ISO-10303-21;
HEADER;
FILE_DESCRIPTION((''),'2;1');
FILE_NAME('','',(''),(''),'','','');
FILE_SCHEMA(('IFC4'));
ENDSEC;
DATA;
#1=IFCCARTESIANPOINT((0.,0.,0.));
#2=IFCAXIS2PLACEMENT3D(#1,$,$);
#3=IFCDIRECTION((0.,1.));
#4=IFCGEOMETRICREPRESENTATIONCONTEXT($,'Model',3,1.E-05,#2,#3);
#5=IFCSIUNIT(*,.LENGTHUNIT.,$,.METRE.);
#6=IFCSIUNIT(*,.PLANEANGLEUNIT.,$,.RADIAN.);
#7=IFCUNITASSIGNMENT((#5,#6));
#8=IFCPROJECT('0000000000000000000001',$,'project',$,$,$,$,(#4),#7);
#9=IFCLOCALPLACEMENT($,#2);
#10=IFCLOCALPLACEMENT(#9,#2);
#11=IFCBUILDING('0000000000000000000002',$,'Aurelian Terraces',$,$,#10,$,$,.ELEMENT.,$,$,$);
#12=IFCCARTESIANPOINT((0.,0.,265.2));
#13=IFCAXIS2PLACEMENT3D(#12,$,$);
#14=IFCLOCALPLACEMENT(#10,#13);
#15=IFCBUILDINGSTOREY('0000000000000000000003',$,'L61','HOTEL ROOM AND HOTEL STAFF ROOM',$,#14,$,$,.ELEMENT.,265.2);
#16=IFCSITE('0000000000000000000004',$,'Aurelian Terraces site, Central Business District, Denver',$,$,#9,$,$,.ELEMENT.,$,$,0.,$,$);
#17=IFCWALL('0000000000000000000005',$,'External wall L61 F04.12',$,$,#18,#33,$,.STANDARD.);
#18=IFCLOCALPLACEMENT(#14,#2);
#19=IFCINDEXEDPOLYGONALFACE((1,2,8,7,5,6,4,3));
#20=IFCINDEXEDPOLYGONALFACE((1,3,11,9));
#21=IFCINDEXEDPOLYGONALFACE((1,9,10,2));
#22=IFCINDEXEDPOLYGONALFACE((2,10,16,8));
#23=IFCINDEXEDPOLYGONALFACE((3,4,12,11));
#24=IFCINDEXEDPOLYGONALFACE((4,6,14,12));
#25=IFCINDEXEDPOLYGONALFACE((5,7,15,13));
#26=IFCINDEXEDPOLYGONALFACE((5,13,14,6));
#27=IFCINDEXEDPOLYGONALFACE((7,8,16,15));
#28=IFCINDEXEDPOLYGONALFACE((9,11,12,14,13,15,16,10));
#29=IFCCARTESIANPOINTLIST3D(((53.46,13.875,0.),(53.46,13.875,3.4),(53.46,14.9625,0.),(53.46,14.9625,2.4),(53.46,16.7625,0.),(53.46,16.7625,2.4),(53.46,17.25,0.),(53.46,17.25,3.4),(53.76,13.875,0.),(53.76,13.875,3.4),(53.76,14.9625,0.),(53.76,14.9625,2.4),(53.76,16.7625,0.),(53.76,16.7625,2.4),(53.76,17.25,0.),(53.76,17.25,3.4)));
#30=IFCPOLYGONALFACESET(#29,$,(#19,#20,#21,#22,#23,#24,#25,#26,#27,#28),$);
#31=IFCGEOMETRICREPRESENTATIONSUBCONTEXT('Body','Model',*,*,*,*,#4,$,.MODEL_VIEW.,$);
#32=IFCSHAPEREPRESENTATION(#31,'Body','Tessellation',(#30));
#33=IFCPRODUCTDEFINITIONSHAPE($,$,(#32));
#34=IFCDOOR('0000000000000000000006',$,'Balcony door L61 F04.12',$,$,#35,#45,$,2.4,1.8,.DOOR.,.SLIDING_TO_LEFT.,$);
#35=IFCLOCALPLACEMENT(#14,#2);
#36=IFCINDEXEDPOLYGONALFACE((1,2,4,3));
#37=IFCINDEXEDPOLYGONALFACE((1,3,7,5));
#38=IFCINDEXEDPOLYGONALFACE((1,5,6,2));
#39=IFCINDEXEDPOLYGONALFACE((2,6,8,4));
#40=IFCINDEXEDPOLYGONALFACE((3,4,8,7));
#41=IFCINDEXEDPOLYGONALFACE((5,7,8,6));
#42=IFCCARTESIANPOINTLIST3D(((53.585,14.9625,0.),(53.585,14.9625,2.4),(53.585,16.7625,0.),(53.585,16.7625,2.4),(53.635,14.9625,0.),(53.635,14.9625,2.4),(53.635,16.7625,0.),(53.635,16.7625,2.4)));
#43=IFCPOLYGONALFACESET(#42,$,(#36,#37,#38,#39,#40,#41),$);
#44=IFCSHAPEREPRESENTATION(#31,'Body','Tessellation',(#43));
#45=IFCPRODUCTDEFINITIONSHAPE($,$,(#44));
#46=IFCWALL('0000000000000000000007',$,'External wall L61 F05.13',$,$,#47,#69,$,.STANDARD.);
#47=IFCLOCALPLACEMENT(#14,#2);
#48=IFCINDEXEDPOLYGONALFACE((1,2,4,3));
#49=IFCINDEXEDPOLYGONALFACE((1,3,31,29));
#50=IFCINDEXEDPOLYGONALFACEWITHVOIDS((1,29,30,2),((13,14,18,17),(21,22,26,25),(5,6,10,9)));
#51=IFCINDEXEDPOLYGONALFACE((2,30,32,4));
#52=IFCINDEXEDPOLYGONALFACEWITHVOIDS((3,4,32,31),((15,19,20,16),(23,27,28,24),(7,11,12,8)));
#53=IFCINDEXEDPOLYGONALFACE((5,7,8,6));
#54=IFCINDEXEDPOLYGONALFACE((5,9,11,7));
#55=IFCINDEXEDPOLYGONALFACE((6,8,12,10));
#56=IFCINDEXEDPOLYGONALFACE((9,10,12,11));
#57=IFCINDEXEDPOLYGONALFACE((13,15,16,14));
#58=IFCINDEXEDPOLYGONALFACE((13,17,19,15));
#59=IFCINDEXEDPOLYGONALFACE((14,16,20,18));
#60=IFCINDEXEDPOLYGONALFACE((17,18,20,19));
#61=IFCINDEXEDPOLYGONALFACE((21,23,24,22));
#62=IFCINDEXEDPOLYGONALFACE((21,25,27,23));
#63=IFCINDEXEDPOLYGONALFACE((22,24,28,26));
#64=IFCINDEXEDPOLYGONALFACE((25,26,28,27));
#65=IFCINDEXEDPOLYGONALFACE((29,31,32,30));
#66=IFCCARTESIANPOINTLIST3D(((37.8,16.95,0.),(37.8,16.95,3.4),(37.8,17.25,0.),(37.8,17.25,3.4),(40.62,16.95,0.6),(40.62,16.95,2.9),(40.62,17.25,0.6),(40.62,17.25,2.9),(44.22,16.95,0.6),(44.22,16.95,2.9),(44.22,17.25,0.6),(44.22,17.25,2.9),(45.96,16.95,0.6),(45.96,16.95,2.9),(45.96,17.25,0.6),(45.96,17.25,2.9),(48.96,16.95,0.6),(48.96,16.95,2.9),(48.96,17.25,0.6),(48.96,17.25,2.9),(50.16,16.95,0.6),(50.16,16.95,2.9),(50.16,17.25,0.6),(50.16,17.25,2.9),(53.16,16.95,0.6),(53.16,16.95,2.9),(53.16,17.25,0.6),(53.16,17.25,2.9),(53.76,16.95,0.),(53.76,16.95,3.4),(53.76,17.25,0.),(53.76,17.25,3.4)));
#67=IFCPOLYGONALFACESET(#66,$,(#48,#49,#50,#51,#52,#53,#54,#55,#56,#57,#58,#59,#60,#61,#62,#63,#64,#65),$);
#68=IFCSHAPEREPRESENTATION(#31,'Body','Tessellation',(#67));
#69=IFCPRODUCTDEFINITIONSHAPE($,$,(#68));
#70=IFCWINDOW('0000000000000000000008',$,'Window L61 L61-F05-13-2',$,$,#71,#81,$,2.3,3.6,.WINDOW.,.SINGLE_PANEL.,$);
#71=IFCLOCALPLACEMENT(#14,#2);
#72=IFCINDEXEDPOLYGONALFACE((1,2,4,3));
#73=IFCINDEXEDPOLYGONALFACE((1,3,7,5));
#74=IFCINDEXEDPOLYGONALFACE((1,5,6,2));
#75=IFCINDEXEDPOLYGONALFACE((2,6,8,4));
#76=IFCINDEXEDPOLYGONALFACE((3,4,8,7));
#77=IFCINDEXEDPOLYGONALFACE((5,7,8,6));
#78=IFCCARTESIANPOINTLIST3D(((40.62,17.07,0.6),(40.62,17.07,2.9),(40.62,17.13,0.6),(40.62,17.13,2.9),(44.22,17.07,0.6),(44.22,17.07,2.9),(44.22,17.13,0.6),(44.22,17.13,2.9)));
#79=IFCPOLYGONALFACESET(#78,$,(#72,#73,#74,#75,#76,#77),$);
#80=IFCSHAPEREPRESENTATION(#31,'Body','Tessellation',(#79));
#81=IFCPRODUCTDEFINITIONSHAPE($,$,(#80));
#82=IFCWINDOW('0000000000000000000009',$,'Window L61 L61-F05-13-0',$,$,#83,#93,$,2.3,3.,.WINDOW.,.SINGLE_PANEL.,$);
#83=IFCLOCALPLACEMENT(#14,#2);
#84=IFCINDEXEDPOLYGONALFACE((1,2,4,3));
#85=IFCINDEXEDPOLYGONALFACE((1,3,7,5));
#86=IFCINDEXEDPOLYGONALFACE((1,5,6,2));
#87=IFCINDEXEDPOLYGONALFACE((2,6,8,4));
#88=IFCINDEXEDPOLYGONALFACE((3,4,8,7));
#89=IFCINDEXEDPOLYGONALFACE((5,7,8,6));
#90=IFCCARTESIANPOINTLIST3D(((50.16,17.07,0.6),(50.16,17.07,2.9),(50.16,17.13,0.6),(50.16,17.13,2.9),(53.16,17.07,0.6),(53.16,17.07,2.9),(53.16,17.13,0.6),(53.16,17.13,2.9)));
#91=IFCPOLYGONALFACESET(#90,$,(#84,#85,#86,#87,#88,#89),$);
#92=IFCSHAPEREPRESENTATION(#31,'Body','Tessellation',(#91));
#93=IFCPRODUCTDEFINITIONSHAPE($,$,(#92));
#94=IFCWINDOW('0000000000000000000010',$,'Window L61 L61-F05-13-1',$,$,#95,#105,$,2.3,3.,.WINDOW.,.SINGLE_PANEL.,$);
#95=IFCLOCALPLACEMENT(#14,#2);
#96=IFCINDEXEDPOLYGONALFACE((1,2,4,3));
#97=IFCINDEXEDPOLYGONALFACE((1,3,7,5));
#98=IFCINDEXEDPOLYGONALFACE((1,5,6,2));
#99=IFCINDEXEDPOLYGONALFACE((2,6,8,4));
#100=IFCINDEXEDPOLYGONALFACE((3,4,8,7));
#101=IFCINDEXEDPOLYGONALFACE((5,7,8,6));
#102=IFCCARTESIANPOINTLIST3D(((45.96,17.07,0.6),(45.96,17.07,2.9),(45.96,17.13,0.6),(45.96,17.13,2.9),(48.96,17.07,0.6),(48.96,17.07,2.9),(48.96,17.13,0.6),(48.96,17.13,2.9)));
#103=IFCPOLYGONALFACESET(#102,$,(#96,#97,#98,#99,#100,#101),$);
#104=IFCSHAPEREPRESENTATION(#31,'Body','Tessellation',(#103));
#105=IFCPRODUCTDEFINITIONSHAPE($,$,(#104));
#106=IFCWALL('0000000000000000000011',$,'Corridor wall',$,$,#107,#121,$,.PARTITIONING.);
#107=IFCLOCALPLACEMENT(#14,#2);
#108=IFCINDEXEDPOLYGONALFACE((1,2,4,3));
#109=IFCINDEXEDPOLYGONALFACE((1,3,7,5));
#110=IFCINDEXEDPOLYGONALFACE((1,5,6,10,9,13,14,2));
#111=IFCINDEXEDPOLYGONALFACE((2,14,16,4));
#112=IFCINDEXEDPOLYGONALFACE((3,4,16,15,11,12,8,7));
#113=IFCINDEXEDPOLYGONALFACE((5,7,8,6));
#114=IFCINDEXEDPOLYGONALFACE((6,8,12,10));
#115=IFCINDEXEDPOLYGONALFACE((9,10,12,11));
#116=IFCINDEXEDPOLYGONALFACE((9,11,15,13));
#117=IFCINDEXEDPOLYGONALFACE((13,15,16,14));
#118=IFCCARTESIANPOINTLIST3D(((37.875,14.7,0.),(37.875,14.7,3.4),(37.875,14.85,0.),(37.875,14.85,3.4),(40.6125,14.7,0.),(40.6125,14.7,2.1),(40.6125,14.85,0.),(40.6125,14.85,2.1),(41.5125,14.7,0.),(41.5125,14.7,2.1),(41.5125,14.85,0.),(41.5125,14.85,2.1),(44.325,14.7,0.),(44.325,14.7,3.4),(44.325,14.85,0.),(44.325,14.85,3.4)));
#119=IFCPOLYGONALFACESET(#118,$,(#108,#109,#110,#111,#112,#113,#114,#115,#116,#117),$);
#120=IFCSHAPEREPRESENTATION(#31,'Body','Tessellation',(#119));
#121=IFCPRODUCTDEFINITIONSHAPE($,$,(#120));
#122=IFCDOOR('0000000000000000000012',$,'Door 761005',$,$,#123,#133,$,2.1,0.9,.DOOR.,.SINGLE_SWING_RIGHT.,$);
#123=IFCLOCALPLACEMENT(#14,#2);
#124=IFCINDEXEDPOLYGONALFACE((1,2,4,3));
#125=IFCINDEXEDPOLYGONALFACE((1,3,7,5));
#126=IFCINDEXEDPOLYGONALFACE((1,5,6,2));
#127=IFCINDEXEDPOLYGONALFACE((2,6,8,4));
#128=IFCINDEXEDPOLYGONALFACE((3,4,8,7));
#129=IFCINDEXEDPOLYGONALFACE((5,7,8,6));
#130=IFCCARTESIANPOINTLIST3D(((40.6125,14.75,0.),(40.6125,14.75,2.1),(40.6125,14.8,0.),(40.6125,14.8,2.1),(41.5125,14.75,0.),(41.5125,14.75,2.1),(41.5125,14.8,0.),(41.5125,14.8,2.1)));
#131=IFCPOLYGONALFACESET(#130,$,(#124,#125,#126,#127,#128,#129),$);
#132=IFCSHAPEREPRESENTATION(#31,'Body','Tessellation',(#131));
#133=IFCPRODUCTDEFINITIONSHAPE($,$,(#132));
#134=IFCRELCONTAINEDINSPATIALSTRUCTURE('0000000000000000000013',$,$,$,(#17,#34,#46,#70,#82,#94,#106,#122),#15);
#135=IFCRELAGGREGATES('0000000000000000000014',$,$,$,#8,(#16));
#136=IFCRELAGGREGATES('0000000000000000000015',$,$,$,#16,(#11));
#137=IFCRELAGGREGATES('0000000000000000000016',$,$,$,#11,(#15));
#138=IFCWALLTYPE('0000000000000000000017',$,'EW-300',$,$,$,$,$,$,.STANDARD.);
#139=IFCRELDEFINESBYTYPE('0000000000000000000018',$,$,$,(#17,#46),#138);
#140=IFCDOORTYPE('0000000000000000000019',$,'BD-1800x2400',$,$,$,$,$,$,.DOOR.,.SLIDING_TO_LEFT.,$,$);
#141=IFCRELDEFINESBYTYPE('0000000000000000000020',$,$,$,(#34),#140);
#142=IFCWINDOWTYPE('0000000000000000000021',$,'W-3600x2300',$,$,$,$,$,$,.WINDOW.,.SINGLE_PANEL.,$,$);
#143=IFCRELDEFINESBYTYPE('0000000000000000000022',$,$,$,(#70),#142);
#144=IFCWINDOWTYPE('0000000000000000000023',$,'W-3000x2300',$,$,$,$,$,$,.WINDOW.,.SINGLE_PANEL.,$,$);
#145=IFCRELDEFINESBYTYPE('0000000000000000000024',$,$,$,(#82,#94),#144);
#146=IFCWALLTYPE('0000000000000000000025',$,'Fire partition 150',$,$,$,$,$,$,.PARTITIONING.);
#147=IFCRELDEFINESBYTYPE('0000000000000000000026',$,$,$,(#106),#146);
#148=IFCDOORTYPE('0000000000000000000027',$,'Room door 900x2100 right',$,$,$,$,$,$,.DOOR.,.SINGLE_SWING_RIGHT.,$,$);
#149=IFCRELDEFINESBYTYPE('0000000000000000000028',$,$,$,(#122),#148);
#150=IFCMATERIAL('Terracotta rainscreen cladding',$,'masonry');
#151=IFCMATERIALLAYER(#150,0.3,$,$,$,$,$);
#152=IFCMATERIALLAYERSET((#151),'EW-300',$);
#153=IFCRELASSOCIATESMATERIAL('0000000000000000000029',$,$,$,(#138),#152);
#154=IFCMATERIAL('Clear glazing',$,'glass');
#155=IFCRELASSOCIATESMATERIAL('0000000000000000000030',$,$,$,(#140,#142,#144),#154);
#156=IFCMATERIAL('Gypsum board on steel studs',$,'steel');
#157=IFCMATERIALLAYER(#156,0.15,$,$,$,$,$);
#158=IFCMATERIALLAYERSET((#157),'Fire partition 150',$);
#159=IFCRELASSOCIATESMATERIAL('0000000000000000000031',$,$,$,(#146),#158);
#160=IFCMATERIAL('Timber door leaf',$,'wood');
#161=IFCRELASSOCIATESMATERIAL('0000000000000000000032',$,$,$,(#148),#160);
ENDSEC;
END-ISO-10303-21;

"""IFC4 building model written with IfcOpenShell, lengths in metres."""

from ifc_helpers import new_model, si_unit, direction, frame, frame_2d, origin, place, context, subcontext, project, spatial, rectangle, extrude, source, transform, mapped, material, layer, layer_set, type_object, element, fill, save


model = new_model("IFC4")

# Units and contexts
model_context = context("Model", 3, precision=1e-05, world=origin(), true_north=direction((0.0, 1.0)))
body_context = subcontext(model_context, "Body", "Model", "MODEL_VIEW")
ifc_project = project(units=[si_unit("LENGTHUNIT", "METRE"), si_unit("PLANEANGLEUNIT", "RADIAN")], contexts=[model_context])

# Site, building, storey
site_placement = place(None, origin())
site = spatial("IfcSite", under=ifc_project, at=site_placement, Name="Aurelian Terraces site, Central Business District, Denver", CompositionType="ELEMENT", RefElevation=0.0)
building_placement = place(site_placement, origin())
building = spatial("IfcBuilding", under=site, at=building_placement, Name="Aurelian Terraces", CompositionType="ELEMENT")
storey_placement = place(building_placement, frame((0.0, 0.0, 265.2)))
storey = spatial("IfcBuildingStorey", under=building, at=storey_placement, Name="L61", Description="HOTEL ROOM AND HOTEL STAFF ROOM", CompositionType="ELEMENT", Elevation=265.2)

# Wall, opening, door
ifc_material_1 = material(Name="Terracotta rainscreen cladding", Category="masonry")
ifc_layer_1 = layer(ifc_material_1, 0.3)
ifc_layer_set_1 = layer_set([ifc_layer_1], Name="EW-300")
wall_type_1 = type_object("IfcWallType", Name="EW-300", PredefinedType="STANDARD", material=ifc_layer_set_1)
shared_shape_1 = source(origin(), body_context, "Body", "SweptSolid", [
    extrude(rectangle(XDim=3.375, YDim=0.3, at=frame_2d((1.6875, 0.0))), origin(), (0.0, 0.0, 1.0), 3.4),
])
wall_1_placement = place(storey_placement, frame((53.61, 13.875, 0.0), z_axis=(0.0, 0.0, 1.0), x_axis=(0.0, 1.0, 0.0)))
wall_1 = element("IfcWall", 1, at=wall_1_placement, inside=storey, type_object=wall_type_1, Name="External wall L61 F04.12", PredefinedType="STANDARD", context=body_context, shape_type="MappedRepresentation", body=[
    mapped(shared_shape_1, transform((0.0, 0.0, 0.0), scale=1.0)),
])
shared_shape_2 = source(origin(), body_context, "Body", "SweptSolid", [
    extrude(rectangle(XDim=1.8, YDim=2.4, at=frame_2d((0.9, 1.2))), frame((0.0, 0.16, 0.0), z_axis=(0.0, -1.0, 0.0), x_axis=(1.0, 0.0, 0.0)), (0.0, 0.0, 1.0), 0.32),
])
opening_1_placement = place(wall_1_placement, frame((1.0875, 0.0, 0.0)))
opening_1 = element("IfcOpeningElement", 2, at=opening_1_placement, cuts=wall_1, PredefinedType="OPENING", context=body_context, shape_type="MappedRepresentation", body=[
    mapped(shared_shape_2, transform((0.0, 0.0, 0.0), scale=1.0)),
])
ifc_material_2 = material(Name="Clear glazing", Category="glass")
door_type_1 = type_object("IfcDoorType", Name="BD-1800x2400", OperationType="SLIDING_TO_LEFT", PredefinedType="DOOR", material=ifc_material_2)
shared_shape_3 = source(origin(), body_context, "Body", "SweptSolid", [
    extrude(rectangle(XDim=1.8, YDim=2.4, at=frame_2d((0.9, 1.2))), frame((0.0, 0.025, 0.0), z_axis=(0.0, -1.0, 0.0), x_axis=(1.0, 0.0, 0.0)), (0.0, 0.0, 1.0), 0.05),
])
door_1_placement = place(opening_1_placement, origin())
door_1 = element("IfcDoor", 3, at=door_1_placement, inside=storey, type_object=door_type_1, Name="Balcony door L61 F04.12", OperationType="SLIDING_TO_LEFT", OverallHeight=2.4, OverallWidth=1.8, PredefinedType="DOOR", context=body_context, shape_type="MappedRepresentation", body=[
    mapped(shared_shape_3, transform((0.0, 0.0, 0.0), scale=1.0)),
])
fill(opening_1, door_1)

# Wall, openings, windows
shared_shape_4 = source(origin(), body_context, "Body", "SweptSolid", [
    extrude(rectangle(XDim=15.96, YDim=0.3, at=frame_2d((7.98, 0.0))), origin(), (0.0, 0.0, 1.0), 3.4),
])
wall_2_placement = place(storey_placement, frame((53.76, 17.1, 0.0), z_axis=(0.0, 0.0, 1.0), x_axis=(-1.0, 0.0, 0.0)))
wall_2 = element("IfcWall", 4, at=wall_2_placement, inside=storey, type_object=wall_type_1, Name="External wall L61 F05.13", PredefinedType="STANDARD", context=body_context, shape_type="MappedRepresentation", body=[
    mapped(shared_shape_4, transform((0.0, 0.0, 0.0), scale=1.0)),
])
shared_shape_5 = source(origin(), body_context, "Body", "SweptSolid", [
    extrude(rectangle(XDim=3.0, YDim=2.3, at=frame_2d((1.5, 1.15))), frame((0.0, 0.16, 0.0), z_axis=(0.0, -1.0, 0.0), x_axis=(1.0, 0.0, 0.0)), (0.0, 0.0, 1.0), 0.32),
])
opening_2_placement = place(wall_2_placement, frame((0.6, 0.0, 0.6)))
opening_2 = element("IfcOpeningElement", 5, at=opening_2_placement, cuts=wall_2, PredefinedType="OPENING", context=body_context, shape_type="MappedRepresentation", body=[
    mapped(shared_shape_5, transform((0.0, 0.0, 0.0), scale=1.0)),
])
opening_3_placement = place(wall_2_placement, frame((4.8, 0.0, 0.6)))
opening_3 = element("IfcOpeningElement", 6, at=opening_3_placement, cuts=wall_2, PredefinedType="OPENING", context=body_context, shape_type="MappedRepresentation", body=[
    mapped(shared_shape_5, transform((0.0, 0.0, 0.0), scale=1.0)),
])
shared_shape_6 = source(origin(), body_context, "Body", "SweptSolid", [
    extrude(rectangle(XDim=3.6, YDim=2.3, at=frame_2d((1.8, 1.15))), frame((0.0, 0.16, 0.0), z_axis=(0.0, -1.0, 0.0), x_axis=(1.0, 0.0, 0.0)), (0.0, 0.0, 1.0), 0.32),
])
opening_4_placement = place(wall_2_placement, frame((9.54, 0.0, 0.6)))
opening_4 = element("IfcOpeningElement", 7, at=opening_4_placement, cuts=wall_2, PredefinedType="OPENING", context=body_context, shape_type="MappedRepresentation", body=[
    mapped(shared_shape_6, transform((0.0, 0.0, 0.0), scale=1.0)),
])
window_type_1 = type_object("IfcWindowType", Name="W-3600x2300", PartitioningType="SINGLE_PANEL", PredefinedType="WINDOW", material=ifc_material_2)
shared_shape_7 = source(origin(), body_context, "Body", "SweptSolid", [
    extrude(rectangle(XDim=3.6, YDim=2.3, at=frame_2d((1.8, 1.15))), frame((0.0, 0.03, 0.0), z_axis=(0.0, -1.0, 0.0), x_axis=(1.0, 0.0, 0.0)), (0.0, 0.0, 1.0), 0.06),
])
window_1_placement = place(opening_4_placement, origin())
window_1 = element("IfcWindow", 8, at=window_1_placement, inside=storey, type_object=window_type_1, Name="Window L61 L61-F05-13-2", OverallHeight=2.3, OverallWidth=3.6, PartitioningType="SINGLE_PANEL", PredefinedType="WINDOW", context=body_context, shape_type="MappedRepresentation", body=[
    mapped(shared_shape_7, transform((0.0, 0.0, 0.0), scale=1.0)),
])
fill(opening_4, window_1)
window_type_2 = type_object("IfcWindowType", Name="W-3000x2300", PartitioningType="SINGLE_PANEL", PredefinedType="WINDOW", material=ifc_material_2)
shared_shape_8 = source(origin(), body_context, "Body", "SweptSolid", [
    extrude(rectangle(XDim=3.0, YDim=2.3, at=frame_2d((1.5, 1.15))), frame((0.0, 0.03, 0.0), z_axis=(0.0, -1.0, 0.0), x_axis=(1.0, 0.0, 0.0)), (0.0, 0.0, 1.0), 0.06),
])
window_2_placement = place(opening_2_placement, origin())
window_2 = element("IfcWindow", 9, at=window_2_placement, inside=storey, type_object=window_type_2, Name="Window L61 L61-F05-13-0", OverallHeight=2.3, OverallWidth=3.0, PartitioningType="SINGLE_PANEL", PredefinedType="WINDOW", context=body_context, shape_type="MappedRepresentation", body=[
    mapped(shared_shape_8, transform((0.0, 0.0, 0.0), scale=1.0)),
])
fill(opening_2, window_2)
window_3_placement = place(opening_3_placement, origin())
window_3 = element("IfcWindow", 10, at=window_3_placement, inside=storey, type_object=window_type_2, Name="Window L61 L61-F05-13-1", OverallHeight=2.3, OverallWidth=3.0, PartitioningType="SINGLE_PANEL", PredefinedType="WINDOW", context=body_context, shape_type="MappedRepresentation", body=[
    mapped(shared_shape_8, transform((0.0, 0.0, 0.0), scale=1.0)),
])
fill(opening_3, window_3)

# Wall, opening, door
ifc_material_3 = material(Name="Gypsum board on steel studs", Category="steel")
ifc_layer_2 = layer(ifc_material_3, 0.15)
ifc_layer_set_2 = layer_set([ifc_layer_2], Name="Fire partition 150")
wall_type_2 = type_object("IfcWallType", Name="Fire partition 150", PredefinedType="PARTITIONING", material=ifc_layer_set_2)
shared_shape_9 = source(origin(), body_context, "Body", "SweptSolid", [
    extrude(rectangle(XDim=6.45, YDim=0.15, at=frame_2d((3.225, 0.0))), origin(), (0.0, 0.0, 1.0), 3.4),
])
wall_3_placement = place(storey_placement, frame((44.325, 14.775, 0.0), z_axis=(0.0, 0.0, 1.0), x_axis=(-1.0, 0.0, 0.0)))
wall_3 = element("IfcWall", 11, at=wall_3_placement, inside=storey, type_object=wall_type_2, Name="Corridor wall", PredefinedType="PARTITIONING", context=body_context, shape_type="MappedRepresentation", body=[
    mapped(shared_shape_9, transform((0.0, 0.0, 0.0), scale=1.0)),
])
shared_shape_10 = source(origin(), body_context, "Body", "SweptSolid", [
    extrude(rectangle(XDim=0.9, YDim=2.1, at=frame_2d((0.45, 1.05))), frame((0.0, 0.085, 0.0), z_axis=(0.0, -1.0, 0.0), x_axis=(1.0, 0.0, 0.0)), (0.0, 0.0, 1.0), 0.17),
])
opening_5_placement = place(wall_3_placement, frame((2.8125, 0.0, 0.0)))
opening_5 = element("IfcOpeningElement", 12, at=opening_5_placement, cuts=wall_3, PredefinedType="OPENING", context=body_context, shape_type="MappedRepresentation", body=[
    mapped(shared_shape_10, transform((0.0, 0.0, 0.0), scale=1.0)),
])
ifc_material_4 = material(Name="Timber door leaf", Category="wood")
door_type_2 = type_object("IfcDoorType", Name="Room door 900x2100 right", OperationType="SINGLE_SWING_RIGHT", PredefinedType="DOOR", material=ifc_material_4)
shared_shape_11 = source(origin(), body_context, "Body", "SweptSolid", [
    extrude(rectangle(XDim=0.9, YDim=2.1, at=frame_2d((0.45, 1.05))), frame((0.0, 0.025, 0.0), z_axis=(0.0, -1.0, 0.0), x_axis=(1.0, 0.0, 0.0)), (0.0, 0.0, 1.0), 0.05),
])
door_2_placement = place(opening_5_placement, origin())
door_2 = element("IfcDoor", 13, at=door_2_placement, inside=storey, type_object=door_type_2, Name="Door 761005", OperationType="SINGLE_SWING_RIGHT", OverallHeight=2.1, OverallWidth=0.9, PredefinedType="DOOR", context=body_context, shape_type="MappedRepresentation", body=[
    mapped(shared_shape_11, transform((0.0, 0.0, 0.0), scale=1.0)),
])
fill(opening_5, door_2)

save(model, "model.ifc")
